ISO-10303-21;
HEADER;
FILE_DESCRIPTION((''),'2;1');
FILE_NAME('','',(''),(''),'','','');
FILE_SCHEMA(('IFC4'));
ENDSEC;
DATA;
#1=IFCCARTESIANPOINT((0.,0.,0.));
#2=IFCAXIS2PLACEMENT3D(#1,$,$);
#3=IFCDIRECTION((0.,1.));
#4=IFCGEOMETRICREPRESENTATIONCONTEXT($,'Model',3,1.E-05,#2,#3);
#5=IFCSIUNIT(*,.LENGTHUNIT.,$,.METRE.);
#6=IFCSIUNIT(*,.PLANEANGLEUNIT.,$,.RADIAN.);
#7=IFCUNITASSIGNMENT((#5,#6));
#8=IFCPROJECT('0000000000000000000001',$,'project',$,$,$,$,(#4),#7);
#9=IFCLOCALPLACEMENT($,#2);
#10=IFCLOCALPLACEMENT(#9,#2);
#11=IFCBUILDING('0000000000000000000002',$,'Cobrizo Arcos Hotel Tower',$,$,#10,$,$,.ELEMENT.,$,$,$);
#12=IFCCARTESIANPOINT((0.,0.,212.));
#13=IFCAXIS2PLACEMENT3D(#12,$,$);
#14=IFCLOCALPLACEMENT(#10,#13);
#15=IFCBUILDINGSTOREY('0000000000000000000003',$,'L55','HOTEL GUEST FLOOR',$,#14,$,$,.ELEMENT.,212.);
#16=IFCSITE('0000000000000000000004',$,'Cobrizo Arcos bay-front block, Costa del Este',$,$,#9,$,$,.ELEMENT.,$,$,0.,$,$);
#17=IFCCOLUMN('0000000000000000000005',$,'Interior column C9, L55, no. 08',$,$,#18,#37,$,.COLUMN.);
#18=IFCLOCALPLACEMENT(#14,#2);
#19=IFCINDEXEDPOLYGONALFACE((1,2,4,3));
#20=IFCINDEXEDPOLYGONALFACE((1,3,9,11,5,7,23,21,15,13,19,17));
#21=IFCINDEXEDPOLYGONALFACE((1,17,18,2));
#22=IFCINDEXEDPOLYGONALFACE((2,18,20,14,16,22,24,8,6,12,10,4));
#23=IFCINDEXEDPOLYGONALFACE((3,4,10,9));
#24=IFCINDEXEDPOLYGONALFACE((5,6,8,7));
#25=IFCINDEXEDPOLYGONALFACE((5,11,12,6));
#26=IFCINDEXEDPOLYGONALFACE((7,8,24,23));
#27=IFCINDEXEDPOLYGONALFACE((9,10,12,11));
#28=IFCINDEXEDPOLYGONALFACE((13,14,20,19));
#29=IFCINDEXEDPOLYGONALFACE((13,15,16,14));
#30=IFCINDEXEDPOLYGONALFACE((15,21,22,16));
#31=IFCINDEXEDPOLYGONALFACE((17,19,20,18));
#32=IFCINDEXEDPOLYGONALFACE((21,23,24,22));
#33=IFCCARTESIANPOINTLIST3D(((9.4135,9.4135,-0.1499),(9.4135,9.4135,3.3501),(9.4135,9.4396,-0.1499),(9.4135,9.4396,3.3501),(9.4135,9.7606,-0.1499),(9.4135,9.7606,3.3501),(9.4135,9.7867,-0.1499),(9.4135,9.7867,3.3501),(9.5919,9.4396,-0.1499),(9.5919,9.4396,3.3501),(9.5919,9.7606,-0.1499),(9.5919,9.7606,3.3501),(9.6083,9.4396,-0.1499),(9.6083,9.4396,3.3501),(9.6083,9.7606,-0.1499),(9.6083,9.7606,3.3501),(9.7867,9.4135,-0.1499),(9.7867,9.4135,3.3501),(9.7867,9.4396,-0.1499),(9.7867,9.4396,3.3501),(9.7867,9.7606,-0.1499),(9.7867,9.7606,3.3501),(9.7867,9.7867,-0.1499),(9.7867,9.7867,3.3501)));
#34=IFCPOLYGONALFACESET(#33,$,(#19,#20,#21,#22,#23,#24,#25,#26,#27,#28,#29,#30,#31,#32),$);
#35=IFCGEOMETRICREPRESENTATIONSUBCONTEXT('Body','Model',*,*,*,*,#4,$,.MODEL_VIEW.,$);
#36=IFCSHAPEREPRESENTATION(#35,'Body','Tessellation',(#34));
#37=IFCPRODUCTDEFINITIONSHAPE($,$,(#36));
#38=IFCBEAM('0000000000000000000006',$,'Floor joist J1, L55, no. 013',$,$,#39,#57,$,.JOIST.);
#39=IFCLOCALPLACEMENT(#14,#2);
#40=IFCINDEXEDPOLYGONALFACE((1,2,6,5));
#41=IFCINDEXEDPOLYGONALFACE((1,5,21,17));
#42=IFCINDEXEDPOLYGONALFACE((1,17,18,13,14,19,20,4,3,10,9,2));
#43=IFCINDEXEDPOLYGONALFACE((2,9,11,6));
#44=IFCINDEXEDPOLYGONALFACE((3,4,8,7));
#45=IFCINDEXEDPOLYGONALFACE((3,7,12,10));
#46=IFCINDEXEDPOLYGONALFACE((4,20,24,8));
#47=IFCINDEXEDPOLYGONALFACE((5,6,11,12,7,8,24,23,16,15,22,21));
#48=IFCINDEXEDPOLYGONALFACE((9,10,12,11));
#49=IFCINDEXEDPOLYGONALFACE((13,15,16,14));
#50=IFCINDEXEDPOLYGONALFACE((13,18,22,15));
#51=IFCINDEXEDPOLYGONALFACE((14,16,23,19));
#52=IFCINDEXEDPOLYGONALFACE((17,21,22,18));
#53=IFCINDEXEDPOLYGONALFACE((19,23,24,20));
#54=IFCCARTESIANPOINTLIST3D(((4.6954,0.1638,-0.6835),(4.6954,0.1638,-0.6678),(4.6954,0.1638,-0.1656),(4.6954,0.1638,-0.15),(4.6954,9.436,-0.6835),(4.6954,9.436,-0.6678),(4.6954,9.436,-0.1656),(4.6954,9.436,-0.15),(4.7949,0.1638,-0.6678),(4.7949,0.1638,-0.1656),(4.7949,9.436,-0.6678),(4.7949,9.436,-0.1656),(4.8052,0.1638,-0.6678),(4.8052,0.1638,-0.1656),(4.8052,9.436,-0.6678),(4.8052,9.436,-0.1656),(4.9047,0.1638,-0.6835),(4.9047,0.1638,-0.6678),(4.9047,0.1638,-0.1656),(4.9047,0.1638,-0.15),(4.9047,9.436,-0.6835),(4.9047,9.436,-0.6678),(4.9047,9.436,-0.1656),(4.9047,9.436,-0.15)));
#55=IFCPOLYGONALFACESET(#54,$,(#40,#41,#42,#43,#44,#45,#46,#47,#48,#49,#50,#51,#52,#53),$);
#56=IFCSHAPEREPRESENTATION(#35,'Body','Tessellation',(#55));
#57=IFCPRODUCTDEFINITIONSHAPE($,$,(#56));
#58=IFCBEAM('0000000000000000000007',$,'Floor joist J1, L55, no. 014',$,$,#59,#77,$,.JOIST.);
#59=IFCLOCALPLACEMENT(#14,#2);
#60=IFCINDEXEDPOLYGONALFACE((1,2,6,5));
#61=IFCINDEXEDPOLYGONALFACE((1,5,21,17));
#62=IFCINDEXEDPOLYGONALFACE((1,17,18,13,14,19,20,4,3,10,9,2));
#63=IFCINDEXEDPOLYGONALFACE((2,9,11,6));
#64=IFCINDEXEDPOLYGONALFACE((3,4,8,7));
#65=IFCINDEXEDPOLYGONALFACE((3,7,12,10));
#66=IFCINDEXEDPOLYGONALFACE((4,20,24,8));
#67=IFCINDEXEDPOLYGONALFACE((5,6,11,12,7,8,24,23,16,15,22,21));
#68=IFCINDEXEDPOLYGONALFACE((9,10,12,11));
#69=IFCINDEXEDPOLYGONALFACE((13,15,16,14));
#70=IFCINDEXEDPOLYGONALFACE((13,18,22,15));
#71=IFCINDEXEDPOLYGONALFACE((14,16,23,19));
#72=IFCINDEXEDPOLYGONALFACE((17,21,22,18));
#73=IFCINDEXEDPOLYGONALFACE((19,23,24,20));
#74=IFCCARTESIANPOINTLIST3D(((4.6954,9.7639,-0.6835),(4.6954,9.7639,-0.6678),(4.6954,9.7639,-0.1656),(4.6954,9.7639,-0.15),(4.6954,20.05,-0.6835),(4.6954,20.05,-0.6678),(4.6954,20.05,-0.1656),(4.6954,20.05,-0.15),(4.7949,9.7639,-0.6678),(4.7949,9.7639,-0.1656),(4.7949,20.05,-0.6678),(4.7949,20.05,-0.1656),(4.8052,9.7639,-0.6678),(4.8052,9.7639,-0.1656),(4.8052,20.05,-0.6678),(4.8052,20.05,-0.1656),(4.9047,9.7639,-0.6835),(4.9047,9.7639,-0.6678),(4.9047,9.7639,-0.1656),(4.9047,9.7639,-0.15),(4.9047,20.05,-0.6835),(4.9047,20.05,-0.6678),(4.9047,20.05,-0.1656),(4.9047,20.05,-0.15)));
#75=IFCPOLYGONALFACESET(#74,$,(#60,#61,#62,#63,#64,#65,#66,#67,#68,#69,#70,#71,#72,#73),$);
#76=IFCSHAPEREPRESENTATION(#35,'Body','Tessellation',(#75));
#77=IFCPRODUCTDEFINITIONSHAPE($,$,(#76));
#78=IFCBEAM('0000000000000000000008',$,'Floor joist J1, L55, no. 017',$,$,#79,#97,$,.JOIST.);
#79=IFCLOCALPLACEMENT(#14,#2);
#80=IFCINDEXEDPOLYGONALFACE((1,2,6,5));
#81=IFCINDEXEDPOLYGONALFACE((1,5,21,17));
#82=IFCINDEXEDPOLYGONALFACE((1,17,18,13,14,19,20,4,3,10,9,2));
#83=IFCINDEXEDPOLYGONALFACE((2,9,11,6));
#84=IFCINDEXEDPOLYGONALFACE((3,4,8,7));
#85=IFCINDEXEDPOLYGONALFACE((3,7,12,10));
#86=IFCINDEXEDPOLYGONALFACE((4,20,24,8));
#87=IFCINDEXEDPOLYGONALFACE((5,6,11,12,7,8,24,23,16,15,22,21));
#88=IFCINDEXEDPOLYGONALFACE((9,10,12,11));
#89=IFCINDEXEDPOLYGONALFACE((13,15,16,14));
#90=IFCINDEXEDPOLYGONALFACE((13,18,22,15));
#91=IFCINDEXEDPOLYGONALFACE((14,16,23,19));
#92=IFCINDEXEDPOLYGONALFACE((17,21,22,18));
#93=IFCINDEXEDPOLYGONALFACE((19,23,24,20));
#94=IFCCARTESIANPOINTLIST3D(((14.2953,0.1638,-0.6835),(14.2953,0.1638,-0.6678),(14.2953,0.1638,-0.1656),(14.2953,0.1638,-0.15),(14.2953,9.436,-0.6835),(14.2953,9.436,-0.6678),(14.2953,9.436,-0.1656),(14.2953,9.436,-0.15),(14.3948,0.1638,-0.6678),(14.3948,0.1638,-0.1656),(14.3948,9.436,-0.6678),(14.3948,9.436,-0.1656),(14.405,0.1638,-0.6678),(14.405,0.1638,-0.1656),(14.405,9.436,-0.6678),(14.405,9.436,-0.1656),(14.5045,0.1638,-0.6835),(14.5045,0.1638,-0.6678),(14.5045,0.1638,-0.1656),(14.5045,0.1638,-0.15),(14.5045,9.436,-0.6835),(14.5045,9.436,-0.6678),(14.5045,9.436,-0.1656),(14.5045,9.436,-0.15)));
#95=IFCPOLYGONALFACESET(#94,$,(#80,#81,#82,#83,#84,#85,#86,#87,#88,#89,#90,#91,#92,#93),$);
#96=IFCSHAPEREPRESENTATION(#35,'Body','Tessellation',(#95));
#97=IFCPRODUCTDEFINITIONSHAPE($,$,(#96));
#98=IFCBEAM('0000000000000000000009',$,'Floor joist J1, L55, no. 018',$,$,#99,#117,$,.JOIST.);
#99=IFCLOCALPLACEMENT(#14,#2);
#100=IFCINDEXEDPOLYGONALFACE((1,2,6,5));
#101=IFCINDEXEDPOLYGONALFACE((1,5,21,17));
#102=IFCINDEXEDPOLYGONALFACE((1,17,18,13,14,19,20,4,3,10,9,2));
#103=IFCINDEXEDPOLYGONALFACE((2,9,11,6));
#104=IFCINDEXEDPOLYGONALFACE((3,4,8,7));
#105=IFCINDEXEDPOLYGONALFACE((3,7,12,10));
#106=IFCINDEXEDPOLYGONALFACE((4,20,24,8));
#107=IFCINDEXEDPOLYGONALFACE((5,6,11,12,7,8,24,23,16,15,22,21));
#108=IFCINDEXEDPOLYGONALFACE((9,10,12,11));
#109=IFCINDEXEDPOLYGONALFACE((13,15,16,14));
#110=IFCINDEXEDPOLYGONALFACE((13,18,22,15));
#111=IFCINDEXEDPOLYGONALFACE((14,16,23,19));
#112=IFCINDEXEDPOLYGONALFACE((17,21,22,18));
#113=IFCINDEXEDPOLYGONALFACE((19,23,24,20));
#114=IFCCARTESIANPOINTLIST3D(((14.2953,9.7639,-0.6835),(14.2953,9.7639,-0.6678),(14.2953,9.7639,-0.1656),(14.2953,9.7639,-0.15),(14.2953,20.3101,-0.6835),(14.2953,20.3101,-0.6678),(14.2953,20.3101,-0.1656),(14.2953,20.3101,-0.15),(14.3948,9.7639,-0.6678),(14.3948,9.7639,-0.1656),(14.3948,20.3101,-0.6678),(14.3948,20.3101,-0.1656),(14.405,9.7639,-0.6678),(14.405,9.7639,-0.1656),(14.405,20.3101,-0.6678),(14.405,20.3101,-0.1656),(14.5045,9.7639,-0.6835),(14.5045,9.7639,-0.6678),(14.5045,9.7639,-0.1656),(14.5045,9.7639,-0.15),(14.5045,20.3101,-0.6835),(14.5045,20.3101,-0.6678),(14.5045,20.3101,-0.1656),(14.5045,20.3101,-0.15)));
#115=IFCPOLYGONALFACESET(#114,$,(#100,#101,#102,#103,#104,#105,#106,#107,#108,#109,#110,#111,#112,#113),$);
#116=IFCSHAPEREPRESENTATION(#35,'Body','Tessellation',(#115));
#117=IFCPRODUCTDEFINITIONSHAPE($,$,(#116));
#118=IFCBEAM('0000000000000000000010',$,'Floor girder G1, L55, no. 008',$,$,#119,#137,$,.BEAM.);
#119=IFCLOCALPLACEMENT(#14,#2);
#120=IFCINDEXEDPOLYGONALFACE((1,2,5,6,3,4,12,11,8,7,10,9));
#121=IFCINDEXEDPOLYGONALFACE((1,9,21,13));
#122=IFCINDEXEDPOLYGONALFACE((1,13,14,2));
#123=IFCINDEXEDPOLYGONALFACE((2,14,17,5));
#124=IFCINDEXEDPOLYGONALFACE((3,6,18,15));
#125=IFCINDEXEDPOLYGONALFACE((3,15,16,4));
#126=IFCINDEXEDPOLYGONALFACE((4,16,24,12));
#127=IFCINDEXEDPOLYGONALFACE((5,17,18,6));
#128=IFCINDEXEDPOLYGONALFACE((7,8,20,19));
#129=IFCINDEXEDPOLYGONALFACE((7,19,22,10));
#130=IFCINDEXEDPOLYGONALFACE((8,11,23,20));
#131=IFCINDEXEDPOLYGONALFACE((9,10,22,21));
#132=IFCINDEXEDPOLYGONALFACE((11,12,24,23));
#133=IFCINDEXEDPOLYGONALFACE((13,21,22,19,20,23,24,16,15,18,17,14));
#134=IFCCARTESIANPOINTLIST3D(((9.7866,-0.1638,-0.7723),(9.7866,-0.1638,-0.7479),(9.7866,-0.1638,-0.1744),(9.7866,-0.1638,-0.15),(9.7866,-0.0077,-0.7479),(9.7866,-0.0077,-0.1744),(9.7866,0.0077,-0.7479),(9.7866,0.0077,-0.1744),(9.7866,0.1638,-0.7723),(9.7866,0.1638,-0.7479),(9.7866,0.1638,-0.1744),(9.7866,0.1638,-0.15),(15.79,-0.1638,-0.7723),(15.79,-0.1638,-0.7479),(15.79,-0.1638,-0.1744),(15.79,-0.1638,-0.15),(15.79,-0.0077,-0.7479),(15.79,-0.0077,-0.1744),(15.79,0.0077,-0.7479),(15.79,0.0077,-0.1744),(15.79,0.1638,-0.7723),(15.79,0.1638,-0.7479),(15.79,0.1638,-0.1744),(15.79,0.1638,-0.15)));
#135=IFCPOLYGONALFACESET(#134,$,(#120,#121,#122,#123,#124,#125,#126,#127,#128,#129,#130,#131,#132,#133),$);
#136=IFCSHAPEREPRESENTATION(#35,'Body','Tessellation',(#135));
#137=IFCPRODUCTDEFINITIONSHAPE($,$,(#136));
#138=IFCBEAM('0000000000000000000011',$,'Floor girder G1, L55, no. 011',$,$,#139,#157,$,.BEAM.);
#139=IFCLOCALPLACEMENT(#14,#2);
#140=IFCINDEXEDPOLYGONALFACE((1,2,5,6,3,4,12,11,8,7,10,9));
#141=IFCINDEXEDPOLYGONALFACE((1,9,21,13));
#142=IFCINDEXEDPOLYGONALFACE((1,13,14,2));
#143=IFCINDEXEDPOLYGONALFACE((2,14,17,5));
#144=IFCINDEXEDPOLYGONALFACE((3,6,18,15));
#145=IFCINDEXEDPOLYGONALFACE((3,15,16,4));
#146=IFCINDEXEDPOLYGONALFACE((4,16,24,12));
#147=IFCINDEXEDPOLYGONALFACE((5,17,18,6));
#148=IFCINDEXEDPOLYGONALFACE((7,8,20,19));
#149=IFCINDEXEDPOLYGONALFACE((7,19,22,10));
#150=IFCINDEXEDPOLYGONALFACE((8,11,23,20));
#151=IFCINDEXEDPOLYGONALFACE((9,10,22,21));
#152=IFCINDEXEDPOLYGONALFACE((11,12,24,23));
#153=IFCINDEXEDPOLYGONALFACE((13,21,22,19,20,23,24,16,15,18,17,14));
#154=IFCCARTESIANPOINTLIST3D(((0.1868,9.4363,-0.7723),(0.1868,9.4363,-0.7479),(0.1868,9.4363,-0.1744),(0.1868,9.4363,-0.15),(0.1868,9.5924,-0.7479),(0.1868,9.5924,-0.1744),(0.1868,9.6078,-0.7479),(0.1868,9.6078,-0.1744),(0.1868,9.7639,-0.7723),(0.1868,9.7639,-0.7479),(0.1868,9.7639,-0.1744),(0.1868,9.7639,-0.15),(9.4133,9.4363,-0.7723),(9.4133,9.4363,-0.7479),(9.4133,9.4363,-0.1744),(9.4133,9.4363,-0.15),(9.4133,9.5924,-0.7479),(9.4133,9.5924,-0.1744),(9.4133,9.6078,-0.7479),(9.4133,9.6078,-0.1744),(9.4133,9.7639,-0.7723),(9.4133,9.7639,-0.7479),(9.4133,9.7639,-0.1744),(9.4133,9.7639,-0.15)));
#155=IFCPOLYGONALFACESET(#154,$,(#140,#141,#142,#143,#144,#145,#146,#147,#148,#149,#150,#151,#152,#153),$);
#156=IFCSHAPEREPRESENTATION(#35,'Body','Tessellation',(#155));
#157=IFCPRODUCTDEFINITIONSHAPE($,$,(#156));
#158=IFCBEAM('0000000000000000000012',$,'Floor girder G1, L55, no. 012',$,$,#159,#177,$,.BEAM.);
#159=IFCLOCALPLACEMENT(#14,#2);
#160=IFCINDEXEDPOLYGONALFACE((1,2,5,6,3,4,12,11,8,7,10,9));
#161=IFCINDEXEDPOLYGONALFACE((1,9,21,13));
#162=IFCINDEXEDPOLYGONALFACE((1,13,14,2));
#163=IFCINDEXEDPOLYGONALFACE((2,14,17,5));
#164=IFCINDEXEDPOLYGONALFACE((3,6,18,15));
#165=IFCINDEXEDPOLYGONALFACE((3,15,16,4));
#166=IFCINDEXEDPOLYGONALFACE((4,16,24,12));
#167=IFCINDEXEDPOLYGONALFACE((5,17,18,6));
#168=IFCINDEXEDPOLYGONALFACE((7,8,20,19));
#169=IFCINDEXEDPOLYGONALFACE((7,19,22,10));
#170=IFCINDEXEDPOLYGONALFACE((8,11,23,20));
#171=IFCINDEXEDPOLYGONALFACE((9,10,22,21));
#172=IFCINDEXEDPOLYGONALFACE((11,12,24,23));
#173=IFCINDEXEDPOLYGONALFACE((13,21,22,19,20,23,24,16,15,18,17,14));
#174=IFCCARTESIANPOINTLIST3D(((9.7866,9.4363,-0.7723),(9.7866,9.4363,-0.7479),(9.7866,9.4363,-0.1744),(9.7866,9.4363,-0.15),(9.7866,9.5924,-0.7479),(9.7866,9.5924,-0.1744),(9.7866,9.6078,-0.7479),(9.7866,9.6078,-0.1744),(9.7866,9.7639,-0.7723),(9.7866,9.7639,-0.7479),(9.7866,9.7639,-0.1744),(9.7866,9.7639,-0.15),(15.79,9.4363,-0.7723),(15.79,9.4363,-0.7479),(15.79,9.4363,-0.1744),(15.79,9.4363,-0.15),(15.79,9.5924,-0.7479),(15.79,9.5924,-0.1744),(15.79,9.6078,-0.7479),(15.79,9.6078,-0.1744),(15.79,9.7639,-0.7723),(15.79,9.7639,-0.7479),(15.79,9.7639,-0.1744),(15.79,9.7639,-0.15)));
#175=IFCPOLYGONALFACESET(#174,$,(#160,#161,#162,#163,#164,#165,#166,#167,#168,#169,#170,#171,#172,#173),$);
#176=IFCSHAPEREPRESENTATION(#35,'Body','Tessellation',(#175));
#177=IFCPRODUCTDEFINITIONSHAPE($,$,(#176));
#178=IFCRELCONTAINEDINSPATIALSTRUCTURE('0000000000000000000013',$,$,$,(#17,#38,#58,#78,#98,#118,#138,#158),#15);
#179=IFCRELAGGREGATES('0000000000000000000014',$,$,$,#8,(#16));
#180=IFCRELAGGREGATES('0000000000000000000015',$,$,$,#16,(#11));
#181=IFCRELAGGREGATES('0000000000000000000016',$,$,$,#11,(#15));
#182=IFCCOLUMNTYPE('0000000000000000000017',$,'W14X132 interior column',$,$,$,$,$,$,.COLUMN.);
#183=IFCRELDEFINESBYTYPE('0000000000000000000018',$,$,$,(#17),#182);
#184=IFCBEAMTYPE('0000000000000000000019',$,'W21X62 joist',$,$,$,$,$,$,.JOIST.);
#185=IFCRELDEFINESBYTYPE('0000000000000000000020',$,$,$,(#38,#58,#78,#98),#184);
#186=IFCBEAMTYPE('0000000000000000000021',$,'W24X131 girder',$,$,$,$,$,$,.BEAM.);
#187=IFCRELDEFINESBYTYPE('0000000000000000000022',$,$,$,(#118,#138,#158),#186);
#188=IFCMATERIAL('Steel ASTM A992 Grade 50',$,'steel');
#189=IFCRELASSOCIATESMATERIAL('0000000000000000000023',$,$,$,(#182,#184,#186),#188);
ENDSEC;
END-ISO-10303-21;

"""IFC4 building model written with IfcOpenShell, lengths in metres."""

from ifc_helpers import new_model, si_unit, direction, frame, origin, origin_2d, place, context, subcontext, project, spatial, i_section, extrude, material, material_profile, profile_set, type_object, element, save


model = new_model("IFC4")

# Units and contexts
model_context = context("Model", 3, precision=1e-05, world=origin(), true_north=direction((0.0, 1.0)))
body_context = subcontext(model_context, "Body", "Model", "MODEL_VIEW")
ifc_project = project(units=[si_unit("LENGTHUNIT", "METRE"), si_unit("PLANEANGLEUNIT", "RADIAN")], contexts=[model_context])

# Site, building, storey
site_placement = place(None, origin())
site = spatial("IfcSite", under=ifc_project, at=site_placement, Name="Cobrizo Arcos bay-front block, Costa del Este", CompositionType="ELEMENT", RefElevation=0.0)
building_placement = place(site_placement, origin())
building = spatial("IfcBuilding", under=site, at=building_placement, Name="Cobrizo Arcos Hotel Tower", CompositionType="ELEMENT")
storey_placement = place(building_placement, frame((0.0, 0.0, 212.0)))
storey = spatial("IfcBuildingStorey", under=building, at=storey_placement, Name="L55", Description="HOTEL GUEST FLOOR", CompositionType="ELEMENT", Elevation=212.0)

# Column
ifc_material_1 = material(Name="Steel ASTM A992 Grade 50", Category="steel")
ifc_material_profile_1 = material_profile(ifc_material_1, i_section(OverallWidth=0.3733, OverallDepth=0.3733, WebThickness=0.0164, FlangeThickness=0.0261, at=origin_2d()), Name="W14X132")
ifc_profile_set_1 = profile_set([ifc_material_profile_1], Name="Steel ASTM A992 Grade 50")
column_type = type_object("IfcColumnType", Name="W14X132 interior column", PredefinedType="COLUMN", material=ifc_profile_set_1)
column_placement = place(storey_placement, frame((9.6001, 9.6001, -0.1499), z_axis=(0.0, 0.0, 1.0), x_axis=(1.0, 0.0, 0.0)))
element("IfcColumn", 1, at=column_placement, inside=storey, type_object=column_type, Name="Interior column C9, L55, no. 08", PredefinedType="COLUMN", context=body_context, shape_type="SweptSolid", body=[
    extrude(i_section(OverallWidth=0.3733, OverallDepth=0.3733, WebThickness=0.0164, FlangeThickness=0.0261, at=origin_2d()), origin(), (0.0, 0.0, 1.0), 3.5),
])

# Beams
ifc_material_profile_2 = material_profile(ifc_material_1, i_section(OverallWidth=0.2092, OverallDepth=0.5334, WebThickness=0.0103, FlangeThickness=0.0156, at=origin_2d()), Name="W21X62")
ifc_profile_set_2 = profile_set([ifc_material_profile_2], Name="Steel ASTM A992 Grade 50")
beam_type_1 = type_object("IfcBeamType", Name="W21X62 joist", PredefinedType="JOIST", material=ifc_profile_set_2)
beam_1_placement = place(storey_placement, frame((4.8, 0.1638, -0.4167), z_axis=(0.0, 1.0, 0.0), x_axis=(-1.0, 0.0, 0.0)))
element("IfcBeam", 2, at=beam_1_placement, inside=storey, type_object=beam_type_1, Name="Floor joist J1, L55, no. 013", PredefinedType="JOIST", context=body_context, shape_type="SweptSolid", body=[
    extrude(i_section(OverallWidth=0.2092, OverallDepth=0.5334, WebThickness=0.0103, FlangeThickness=0.0156, at=origin_2d()), origin(), (0.0, 0.0, 1.0), 9.2722),
])
beam_2_placement = place(storey_placement, frame((4.8, 9.7639, -0.4167), z_axis=(0.0, 1.0, 0.0), x_axis=(-1.0, 0.0, 0.0)))
element("IfcBeam", 3, at=beam_2_placement, inside=storey, type_object=beam_type_1, Name="Floor joist J1, L55, no. 014", PredefinedType="JOIST", context=body_context, shape_type="SweptSolid", body=[
    extrude(i_section(OverallWidth=0.2092, OverallDepth=0.5334, WebThickness=0.0103, FlangeThickness=0.0156, at=origin_2d()), origin(), (0.0, 0.0, 1.0), 10.2861),
])
beam_3_placement = place(storey_placement, frame((14.3999, 0.1638, -0.4167), z_axis=(0.0, 1.0, 0.0), x_axis=(-1.0, 0.0, 0.0)))
element("IfcBeam", 4, at=beam_3_placement, inside=storey, type_object=beam_type_1, Name="Floor joist J1, L55, no. 017", PredefinedType="JOIST", context=body_context, shape_type="SweptSolid", body=[
    extrude(i_section(OverallWidth=0.2092, OverallDepth=0.5334, WebThickness=0.0103, FlangeThickness=0.0156, at=origin_2d()), origin(), (0.0, 0.0, 1.0), 9.2722),
])
beam_4_placement = place(storey_placement, frame((14.3999, 9.7639, -0.4167), z_axis=(0.0, 1.0, 0.0), x_axis=(-1.0, 0.0, 0.0)))
element("IfcBeam", 5, at=beam_4_placement, inside=storey, type_object=beam_type_1, Name="Floor joist J1, L55, no. 018", PredefinedType="JOIST", context=body_context, shape_type="SweptSolid", body=[
    extrude(i_section(OverallWidth=0.2092, OverallDepth=0.5334, WebThickness=0.0103, FlangeThickness=0.0156, at=origin_2d()), origin(), (0.0, 0.0, 1.0), 10.5461),
])
ifc_material_profile_3 = material_profile(ifc_material_1, i_section(OverallWidth=0.3276, OverallDepth=0.6223, WebThickness=0.0154, FlangeThickness=0.0244, at=origin_2d()), Name="W24X131")
ifc_profile_set_3 = profile_set([ifc_material_profile_3], Name="Steel ASTM A992 Grade 50")
beam_type_2 = type_object("IfcBeamType", Name="W24X131 girder", PredefinedType="BEAM", material=ifc_profile_set_3)
beam_5_placement = place(storey_placement, frame((9.7866, 0.0, -0.4612), z_axis=(1.0, 0.0, 0.0), x_axis=(0.0, 1.0, 0.0)))
element("IfcBeam", 6, at=beam_5_placement, inside=storey, type_object=beam_type_2, Name="Floor girder G1, L55, no. 008", PredefinedType="BEAM", context=body_context, shape_type="SweptSolid", body=[
    extrude(i_section(OverallWidth=0.3276, OverallDepth=0.6223, WebThickness=0.0154, FlangeThickness=0.0244, at=origin_2d()), origin(), (0.0, 0.0, 1.0), 6.0034),
])
beam_6_placement = place(storey_placement, frame((0.1868, 9.6001, -0.4612), z_axis=(1.0, 0.0, 0.0), x_axis=(0.0, 1.0, 0.0)))
element("IfcBeam", 7, at=beam_6_placement, inside=storey, type_object=beam_type_2, Name="Floor girder G1, L55, no. 011", PredefinedType="BEAM", context=body_context, shape_type="SweptSolid", body=[
    extrude(i_section(OverallWidth=0.3276, OverallDepth=0.6223, WebThickness=0.0154, FlangeThickness=0.0244, at=origin_2d()), origin(), (0.0, 0.0, 1.0), 9.2266),
])
beam_7_placement = place(storey_placement, frame((9.7866, 9.6001, -0.4612), z_axis=(1.0, 0.0, 0.0), x_axis=(0.0, 1.0, 0.0)))
element("IfcBeam", 8, at=beam_7_placement, inside=storey, type_object=beam_type_2, Name="Floor girder G1, L55, no. 012", PredefinedType="BEAM", context=body_context, shape_type="SweptSolid", body=[
    extrude(i_section(OverallWidth=0.3276, OverallDepth=0.6223, WebThickness=0.0154, FlangeThickness=0.0244, at=origin_2d()), origin(), (0.0, 0.0, 1.0), 6.0034),
])

save(model, "model.ifc")
